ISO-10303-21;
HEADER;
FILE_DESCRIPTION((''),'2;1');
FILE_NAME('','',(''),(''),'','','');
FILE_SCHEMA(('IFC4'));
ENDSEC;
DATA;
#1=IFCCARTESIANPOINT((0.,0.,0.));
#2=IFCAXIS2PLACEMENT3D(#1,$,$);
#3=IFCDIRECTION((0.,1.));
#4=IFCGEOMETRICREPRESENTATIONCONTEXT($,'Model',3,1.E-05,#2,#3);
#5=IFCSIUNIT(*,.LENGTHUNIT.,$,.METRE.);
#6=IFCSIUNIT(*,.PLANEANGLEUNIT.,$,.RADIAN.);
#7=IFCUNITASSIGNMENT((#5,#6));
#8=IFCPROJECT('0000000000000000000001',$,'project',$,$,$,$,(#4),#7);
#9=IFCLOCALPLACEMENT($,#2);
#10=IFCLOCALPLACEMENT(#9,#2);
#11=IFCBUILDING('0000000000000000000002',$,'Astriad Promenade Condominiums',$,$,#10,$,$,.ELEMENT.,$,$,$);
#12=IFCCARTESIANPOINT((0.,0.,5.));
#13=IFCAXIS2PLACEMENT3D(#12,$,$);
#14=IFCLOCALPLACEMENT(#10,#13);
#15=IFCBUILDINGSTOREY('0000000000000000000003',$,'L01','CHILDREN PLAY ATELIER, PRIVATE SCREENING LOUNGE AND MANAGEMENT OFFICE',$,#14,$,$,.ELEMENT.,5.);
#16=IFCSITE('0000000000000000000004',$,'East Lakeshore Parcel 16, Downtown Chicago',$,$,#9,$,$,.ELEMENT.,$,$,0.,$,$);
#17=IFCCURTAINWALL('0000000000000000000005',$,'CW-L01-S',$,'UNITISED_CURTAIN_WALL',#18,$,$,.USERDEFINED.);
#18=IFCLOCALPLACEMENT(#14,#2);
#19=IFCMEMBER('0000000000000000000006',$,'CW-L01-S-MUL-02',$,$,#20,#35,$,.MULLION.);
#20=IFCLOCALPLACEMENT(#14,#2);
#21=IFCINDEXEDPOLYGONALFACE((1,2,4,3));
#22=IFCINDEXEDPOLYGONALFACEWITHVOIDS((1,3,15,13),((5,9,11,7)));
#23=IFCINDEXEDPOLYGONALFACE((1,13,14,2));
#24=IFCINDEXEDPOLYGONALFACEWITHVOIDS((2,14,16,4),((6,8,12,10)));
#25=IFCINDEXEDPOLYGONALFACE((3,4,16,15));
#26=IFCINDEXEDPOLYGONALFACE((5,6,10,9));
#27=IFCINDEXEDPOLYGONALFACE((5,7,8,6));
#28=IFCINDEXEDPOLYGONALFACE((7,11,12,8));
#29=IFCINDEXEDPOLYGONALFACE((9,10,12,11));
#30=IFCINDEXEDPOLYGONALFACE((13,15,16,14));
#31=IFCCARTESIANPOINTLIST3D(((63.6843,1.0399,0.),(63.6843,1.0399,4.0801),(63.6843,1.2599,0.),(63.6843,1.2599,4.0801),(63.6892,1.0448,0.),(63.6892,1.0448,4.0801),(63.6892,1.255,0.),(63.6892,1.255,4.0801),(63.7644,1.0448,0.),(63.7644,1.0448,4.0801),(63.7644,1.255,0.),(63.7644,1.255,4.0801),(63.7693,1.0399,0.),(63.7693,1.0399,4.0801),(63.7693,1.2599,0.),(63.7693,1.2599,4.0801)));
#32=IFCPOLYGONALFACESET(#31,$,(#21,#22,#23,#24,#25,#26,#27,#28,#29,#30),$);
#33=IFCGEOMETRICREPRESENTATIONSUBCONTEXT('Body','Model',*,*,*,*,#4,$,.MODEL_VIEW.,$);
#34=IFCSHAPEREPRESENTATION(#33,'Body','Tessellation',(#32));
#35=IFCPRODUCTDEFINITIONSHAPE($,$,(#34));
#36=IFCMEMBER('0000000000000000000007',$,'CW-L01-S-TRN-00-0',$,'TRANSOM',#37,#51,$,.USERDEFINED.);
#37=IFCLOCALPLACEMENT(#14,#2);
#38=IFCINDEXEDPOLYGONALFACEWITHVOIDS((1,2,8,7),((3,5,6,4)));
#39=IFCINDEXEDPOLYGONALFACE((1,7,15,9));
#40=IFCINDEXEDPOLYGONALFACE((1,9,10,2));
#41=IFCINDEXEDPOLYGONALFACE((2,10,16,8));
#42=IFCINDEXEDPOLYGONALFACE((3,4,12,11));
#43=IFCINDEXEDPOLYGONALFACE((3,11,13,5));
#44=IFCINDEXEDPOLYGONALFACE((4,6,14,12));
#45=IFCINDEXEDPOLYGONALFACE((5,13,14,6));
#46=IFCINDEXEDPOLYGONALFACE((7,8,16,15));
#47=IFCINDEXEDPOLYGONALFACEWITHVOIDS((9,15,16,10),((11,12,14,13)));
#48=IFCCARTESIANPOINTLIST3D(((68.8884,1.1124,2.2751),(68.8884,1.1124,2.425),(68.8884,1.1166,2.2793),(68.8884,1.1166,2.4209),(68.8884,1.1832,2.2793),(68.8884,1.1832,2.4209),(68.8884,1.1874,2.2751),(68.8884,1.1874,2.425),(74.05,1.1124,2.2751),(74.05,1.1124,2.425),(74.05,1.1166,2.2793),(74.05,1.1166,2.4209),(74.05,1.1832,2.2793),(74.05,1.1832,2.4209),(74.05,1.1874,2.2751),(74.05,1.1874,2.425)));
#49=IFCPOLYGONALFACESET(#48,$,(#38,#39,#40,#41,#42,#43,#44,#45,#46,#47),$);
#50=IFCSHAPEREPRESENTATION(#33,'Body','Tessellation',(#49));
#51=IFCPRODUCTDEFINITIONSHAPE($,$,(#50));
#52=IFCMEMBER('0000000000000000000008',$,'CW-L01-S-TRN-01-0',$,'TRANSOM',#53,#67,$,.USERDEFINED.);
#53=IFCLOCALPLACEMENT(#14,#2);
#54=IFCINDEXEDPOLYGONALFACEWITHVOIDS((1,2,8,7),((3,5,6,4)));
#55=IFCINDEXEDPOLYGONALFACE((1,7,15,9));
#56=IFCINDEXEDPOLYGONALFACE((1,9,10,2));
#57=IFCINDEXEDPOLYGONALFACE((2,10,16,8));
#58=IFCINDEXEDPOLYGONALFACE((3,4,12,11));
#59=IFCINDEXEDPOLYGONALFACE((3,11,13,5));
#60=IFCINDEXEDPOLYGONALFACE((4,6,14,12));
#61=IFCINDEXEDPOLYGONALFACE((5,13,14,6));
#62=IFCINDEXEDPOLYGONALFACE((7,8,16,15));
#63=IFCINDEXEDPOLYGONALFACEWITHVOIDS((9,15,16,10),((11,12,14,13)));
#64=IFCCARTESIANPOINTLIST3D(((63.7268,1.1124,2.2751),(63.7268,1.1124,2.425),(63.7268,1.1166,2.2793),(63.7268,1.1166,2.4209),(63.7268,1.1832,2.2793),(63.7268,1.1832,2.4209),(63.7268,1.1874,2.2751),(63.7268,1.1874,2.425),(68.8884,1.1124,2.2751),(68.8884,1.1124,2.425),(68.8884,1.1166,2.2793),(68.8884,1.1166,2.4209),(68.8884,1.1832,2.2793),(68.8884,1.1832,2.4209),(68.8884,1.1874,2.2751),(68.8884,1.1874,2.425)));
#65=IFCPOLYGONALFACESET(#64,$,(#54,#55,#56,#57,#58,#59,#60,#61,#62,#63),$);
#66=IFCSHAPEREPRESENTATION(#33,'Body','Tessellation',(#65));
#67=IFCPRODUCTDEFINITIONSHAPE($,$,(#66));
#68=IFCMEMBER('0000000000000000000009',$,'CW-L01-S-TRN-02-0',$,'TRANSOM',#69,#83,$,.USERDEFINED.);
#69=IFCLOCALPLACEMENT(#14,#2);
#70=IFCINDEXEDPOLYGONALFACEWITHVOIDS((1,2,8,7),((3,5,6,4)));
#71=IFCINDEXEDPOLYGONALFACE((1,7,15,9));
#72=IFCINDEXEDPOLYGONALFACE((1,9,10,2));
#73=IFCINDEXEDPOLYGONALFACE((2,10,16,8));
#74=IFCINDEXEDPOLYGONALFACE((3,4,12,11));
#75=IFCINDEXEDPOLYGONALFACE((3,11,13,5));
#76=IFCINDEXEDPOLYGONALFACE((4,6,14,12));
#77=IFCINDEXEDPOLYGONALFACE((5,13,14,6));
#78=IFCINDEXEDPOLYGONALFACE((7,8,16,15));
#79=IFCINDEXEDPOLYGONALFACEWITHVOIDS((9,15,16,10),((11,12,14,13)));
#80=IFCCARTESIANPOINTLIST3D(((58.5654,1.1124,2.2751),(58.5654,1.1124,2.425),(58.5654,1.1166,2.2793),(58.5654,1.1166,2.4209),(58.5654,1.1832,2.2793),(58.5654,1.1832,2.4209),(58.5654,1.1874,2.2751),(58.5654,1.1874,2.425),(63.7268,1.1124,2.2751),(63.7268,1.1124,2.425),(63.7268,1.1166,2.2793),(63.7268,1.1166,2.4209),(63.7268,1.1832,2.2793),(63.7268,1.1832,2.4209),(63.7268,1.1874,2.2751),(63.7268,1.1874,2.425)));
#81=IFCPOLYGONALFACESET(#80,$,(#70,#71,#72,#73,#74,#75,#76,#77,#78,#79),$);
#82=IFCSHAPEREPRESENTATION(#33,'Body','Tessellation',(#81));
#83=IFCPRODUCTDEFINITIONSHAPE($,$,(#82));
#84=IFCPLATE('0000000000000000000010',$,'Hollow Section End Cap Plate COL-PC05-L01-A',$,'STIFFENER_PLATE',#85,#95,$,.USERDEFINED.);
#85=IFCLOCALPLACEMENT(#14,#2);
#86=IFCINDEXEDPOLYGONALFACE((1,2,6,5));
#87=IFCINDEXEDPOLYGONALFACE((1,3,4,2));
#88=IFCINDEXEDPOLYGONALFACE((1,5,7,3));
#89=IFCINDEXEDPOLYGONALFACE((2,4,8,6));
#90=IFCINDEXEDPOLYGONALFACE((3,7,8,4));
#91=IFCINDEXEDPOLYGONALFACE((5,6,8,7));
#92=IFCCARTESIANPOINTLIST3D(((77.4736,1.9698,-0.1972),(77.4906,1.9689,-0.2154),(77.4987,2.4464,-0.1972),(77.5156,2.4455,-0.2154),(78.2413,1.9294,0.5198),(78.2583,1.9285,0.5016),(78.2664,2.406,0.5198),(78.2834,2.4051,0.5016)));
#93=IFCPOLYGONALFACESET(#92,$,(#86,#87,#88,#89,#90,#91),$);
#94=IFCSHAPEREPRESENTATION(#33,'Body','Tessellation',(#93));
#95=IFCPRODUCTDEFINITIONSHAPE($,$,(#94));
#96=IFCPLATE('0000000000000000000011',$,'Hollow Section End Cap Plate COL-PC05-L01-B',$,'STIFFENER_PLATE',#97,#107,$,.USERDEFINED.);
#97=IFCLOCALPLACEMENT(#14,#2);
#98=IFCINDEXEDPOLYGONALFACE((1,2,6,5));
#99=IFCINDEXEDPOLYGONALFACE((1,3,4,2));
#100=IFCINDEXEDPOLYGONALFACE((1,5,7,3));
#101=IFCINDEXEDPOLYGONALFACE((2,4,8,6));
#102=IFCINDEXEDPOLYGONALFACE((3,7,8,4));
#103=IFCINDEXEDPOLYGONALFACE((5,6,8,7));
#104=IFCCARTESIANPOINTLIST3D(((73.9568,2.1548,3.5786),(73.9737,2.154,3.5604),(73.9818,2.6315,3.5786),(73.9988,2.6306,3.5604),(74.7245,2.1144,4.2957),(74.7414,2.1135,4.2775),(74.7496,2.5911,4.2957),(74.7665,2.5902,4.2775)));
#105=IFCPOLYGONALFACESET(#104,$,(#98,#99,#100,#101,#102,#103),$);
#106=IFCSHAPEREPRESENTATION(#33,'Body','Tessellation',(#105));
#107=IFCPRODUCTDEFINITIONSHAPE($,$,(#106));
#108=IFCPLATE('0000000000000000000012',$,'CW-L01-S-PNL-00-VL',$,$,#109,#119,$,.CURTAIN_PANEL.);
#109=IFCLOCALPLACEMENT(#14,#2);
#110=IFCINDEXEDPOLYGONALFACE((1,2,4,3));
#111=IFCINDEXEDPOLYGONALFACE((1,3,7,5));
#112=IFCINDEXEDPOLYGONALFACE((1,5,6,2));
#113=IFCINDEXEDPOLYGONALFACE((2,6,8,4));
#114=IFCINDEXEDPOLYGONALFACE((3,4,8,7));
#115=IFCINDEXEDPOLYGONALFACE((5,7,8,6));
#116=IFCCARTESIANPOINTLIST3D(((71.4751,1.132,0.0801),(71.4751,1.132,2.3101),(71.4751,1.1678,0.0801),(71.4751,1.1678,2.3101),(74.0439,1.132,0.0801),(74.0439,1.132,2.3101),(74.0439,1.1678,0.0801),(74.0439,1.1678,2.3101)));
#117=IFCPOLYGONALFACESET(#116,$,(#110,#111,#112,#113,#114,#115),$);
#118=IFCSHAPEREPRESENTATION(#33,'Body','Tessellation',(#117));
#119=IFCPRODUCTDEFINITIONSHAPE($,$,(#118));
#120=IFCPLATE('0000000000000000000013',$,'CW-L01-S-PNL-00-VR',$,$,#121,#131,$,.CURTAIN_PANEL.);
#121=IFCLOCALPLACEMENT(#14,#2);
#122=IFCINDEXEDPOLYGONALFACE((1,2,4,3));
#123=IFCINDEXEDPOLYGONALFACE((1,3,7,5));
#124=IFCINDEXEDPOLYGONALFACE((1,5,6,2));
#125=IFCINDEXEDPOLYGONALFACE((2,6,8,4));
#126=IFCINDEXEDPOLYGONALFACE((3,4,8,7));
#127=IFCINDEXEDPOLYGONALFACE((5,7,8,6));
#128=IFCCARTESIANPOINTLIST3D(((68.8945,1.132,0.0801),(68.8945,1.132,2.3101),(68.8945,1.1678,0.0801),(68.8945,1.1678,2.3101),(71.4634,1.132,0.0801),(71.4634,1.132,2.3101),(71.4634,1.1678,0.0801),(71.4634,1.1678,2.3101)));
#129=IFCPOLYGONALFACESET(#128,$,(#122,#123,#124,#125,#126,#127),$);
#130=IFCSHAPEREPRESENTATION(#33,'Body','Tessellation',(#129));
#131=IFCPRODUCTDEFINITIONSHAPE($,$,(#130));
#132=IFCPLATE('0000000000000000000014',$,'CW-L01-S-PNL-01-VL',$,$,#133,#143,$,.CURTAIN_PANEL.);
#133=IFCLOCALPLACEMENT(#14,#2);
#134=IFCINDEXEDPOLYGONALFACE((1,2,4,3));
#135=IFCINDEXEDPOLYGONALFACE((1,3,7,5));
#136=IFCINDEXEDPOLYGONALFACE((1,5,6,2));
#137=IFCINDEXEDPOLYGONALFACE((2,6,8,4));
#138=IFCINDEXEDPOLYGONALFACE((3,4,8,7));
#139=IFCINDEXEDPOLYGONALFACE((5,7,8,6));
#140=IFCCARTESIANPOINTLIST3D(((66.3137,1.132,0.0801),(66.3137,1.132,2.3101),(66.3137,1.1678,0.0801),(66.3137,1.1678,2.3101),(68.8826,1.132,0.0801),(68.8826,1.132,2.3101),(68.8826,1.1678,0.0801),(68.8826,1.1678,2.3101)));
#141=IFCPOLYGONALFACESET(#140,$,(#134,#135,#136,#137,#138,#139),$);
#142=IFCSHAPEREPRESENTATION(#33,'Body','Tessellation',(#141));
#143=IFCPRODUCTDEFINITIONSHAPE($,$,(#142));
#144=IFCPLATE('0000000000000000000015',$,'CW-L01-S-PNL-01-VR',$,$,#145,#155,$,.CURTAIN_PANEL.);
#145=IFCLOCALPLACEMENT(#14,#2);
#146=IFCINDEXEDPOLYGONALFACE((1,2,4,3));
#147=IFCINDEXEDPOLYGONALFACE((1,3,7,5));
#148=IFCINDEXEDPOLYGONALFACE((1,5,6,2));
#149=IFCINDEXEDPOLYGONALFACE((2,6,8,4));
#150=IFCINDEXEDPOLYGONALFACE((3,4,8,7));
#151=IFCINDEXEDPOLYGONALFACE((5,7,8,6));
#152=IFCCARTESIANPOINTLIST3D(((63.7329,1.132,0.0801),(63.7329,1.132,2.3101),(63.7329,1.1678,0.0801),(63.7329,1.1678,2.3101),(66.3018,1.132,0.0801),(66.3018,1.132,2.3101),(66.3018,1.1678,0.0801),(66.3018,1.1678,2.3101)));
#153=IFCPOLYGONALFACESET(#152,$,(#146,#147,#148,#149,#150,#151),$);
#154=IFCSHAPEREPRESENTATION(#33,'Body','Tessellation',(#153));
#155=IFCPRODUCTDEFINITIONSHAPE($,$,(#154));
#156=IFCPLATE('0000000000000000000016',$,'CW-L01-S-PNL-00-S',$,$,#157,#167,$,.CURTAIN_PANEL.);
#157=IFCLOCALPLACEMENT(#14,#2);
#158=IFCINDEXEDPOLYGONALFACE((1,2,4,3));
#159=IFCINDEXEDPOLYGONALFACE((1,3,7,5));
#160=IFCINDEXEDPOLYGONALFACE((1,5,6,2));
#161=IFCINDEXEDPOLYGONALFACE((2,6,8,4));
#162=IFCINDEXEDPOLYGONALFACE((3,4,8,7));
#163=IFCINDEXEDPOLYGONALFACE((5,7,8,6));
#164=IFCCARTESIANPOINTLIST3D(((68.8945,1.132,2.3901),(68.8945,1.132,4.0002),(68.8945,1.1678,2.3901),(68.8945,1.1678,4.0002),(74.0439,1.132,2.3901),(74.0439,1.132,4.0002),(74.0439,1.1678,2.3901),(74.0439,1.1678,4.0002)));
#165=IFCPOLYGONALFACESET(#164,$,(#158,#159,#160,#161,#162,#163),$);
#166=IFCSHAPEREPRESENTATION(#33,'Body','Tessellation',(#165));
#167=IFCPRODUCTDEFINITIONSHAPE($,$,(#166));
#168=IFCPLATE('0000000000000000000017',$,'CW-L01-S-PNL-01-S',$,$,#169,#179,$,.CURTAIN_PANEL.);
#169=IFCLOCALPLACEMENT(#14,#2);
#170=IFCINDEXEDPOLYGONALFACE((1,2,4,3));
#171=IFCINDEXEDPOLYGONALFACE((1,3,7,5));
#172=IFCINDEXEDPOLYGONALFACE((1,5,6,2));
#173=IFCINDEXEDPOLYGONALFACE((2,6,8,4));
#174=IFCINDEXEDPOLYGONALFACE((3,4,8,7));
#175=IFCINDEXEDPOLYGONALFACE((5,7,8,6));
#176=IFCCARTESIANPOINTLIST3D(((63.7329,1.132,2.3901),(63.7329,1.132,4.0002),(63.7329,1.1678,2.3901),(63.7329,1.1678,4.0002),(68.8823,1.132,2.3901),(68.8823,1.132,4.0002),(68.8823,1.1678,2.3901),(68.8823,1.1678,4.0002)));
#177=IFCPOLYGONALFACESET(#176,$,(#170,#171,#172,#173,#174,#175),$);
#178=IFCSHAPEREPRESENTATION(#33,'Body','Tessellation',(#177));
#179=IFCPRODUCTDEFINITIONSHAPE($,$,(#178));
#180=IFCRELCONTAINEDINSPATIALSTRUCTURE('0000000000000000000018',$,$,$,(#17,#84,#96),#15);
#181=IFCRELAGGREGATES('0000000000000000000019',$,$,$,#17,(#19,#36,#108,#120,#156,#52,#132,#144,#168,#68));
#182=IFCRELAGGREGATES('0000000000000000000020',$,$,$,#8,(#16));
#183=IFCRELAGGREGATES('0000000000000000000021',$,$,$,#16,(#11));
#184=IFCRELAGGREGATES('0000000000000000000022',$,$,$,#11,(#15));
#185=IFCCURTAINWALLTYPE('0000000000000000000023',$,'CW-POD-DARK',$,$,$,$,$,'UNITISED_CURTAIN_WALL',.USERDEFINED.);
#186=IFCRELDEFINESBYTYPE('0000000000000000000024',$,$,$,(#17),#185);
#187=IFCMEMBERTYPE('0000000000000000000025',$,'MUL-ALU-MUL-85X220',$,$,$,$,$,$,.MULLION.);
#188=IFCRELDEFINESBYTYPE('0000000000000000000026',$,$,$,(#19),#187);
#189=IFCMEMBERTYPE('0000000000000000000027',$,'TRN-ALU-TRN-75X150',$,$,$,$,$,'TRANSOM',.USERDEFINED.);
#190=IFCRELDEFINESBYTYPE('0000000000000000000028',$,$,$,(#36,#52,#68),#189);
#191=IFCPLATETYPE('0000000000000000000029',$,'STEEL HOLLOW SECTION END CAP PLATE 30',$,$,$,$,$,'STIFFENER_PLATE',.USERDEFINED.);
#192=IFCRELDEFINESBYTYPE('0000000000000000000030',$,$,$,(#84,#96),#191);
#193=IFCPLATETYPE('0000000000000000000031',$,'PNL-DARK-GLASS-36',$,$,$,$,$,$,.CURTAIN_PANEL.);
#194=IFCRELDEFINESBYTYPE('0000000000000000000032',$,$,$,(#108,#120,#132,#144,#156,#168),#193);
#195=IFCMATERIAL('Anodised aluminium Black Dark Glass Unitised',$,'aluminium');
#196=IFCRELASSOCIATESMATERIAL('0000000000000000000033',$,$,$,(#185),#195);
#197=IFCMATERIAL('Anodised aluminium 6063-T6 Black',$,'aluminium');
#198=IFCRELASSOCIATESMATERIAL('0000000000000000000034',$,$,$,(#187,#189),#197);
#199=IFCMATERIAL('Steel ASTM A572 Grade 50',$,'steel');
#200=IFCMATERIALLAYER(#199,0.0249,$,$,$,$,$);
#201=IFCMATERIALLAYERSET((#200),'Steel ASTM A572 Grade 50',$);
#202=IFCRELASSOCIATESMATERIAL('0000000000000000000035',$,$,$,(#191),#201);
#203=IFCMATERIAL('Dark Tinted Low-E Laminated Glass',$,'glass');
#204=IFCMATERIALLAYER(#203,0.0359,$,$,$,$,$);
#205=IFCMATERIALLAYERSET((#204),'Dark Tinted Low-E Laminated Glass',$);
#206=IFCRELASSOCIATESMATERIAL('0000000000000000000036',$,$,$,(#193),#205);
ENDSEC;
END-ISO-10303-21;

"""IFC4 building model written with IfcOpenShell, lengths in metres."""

from ifc_helpers import new_model, si_unit, direction, frame, origin, origin_2d, place, context, subcontext, project, spatial, rectangle, hollow_rectangle, extrude, source, transform, mapped, material, layer, layer_set, material_profile, profile_set, type_object, type_shapes, element, aggregate, save


model = new_model("IFC4")

# Units and contexts
model_context = context("Model", 3, precision=1e-05, world=origin(), true_north=direction((0.0, 1.0)))
body_context = subcontext(model_context, "Body", "Model", "MODEL_VIEW")
ifc_project = project(units=[si_unit("LENGTHUNIT", "METRE"), si_unit("PLANEANGLEUNIT", "RADIAN")], contexts=[model_context])

# Site, building, storey
site_placement = place(None, origin())
site = spatial("IfcSite", under=ifc_project, at=site_placement, Name="East Lakeshore Parcel 16, Downtown Chicago", CompositionType="ELEMENT", RefElevation=0.0)
building_placement = place(site_placement, origin())
building = spatial("IfcBuilding", under=site, at=building_placement, Name="Astriad Promenade Condominiums", CompositionType="ELEMENT")
storey_placement = place(building_placement, frame((0.0, 0.0, 5.0)))
storey = spatial("IfcBuildingStorey", under=building, at=storey_placement, Name="L01", Description="CHILDREN PLAY ATELIER, PRIVATE SCREENING LOUNGE AND MANAGEMENT OFFICE", CompositionType="ELEMENT", Elevation=5.0)

# Curtain wall, members
ifc_material_1 = material(Name="Anodised aluminium Black Dark Glass Unitised", Category="aluminium")
curtain_wall_type = type_object("IfcCurtainWallType", Name="CW-POD-DARK", ElementType="UNITISED_CURTAIN_WALL", PredefinedType="USERDEFINED", material=ifc_material_1)
curtain_wall_placement = place(storey_placement, origin())
curtain_wall = element("IfcCurtainWall", 1, at=curtain_wall_placement, inside=storey, type_object=curtain_wall_type, Name="CW-L01-S", ObjectType="UNITISED_CURTAIN_WALL", PredefinedType="USERDEFINED")
ifc_material_2 = material(Name="Anodised aluminium 6063-T6 Black", Category="aluminium")
ifc_material_profile_1 = material_profile(ifc_material_2, hollow_rectangle(XDim=0.085, YDim=0.22, WallThickness=0.0049, at=origin_2d()), Name="ALU-MUL-85X220")
ifc_profile_set_1 = profile_set([ifc_material_profile_1], Name="Anodised aluminium 6063-T6 Black")
member_type_1 = type_object("IfcMemberType", Name="MUL-ALU-MUL-85X220", PredefinedType="MULLION", material=ifc_profile_set_1)
shared_shape_1 = source(origin(), body_context, "Body", "SweptSolid", [
    extrude(hollow_rectangle(XDim=0.085, YDim=0.22, WallThickness=0.0049, at=origin_2d()), origin(), (0.0, 0.0, 1.0), 4.0801),
])
type_shapes(member_type_1, [shared_shape_1])
member_1_placement = place(storey_placement, frame((63.7268, 1.1499, 0.0), z_axis=(0.0, 0.0, 1.0), x_axis=(1.0, 0.0, 0.0)))
member_1 = element("IfcMember", 2, at=member_1_placement, type_object=member_type_1, Name="CW-L01-S-MUL-02", PredefinedType="MULLION", context=body_context, shape_type="MappedRepresentation", body=[
    mapped(shared_shape_1, transform((0.0, 0.0, 0.0), scale=1.0)),
])
ifc_material_profile_2 = material_profile(ifc_material_2, hollow_rectangle(XDim=0.075, YDim=0.1499, WallThickness=0.0042, at=origin_2d()), Name="ALU-TRN-75X150")
ifc_profile_set_2 = profile_set([ifc_material_profile_2], Name="Anodised aluminium 6063-T6 Black")
member_type_2 = type_object("IfcMemberType", Name="TRN-ALU-TRN-75X150", ElementType="TRANSOM", PredefinedType="USERDEFINED", material=ifc_profile_set_2)
shared_shape_2 = source(origin(), body_context, "Body", "SweptSolid", [
    extrude(hollow_rectangle(XDim=0.075, YDim=0.1499, WallThickness=0.0042, at=origin_2d()), origin(), (0.0, 0.0, 1.0), 5.1616),
])
member_2_placement = place(storey_placement, frame((74.05, 1.1499, 2.3501), z_axis=(-1.0, 0.0, 0.0), x_axis=(0.0, -1.0, 0.0)))
member_2 = element("IfcMember", 3, at=member_2_placement, type_object=member_type_2, Name="CW-L01-S-TRN-00-0", ObjectType="TRANSOM", PredefinedType="USERDEFINED", context=body_context, shape_type="MappedRepresentation", body=[
    mapped(shared_shape_2, transform((0.0, 0.0, 0.0), scale=1.0)),
])
member_3_placement = place(storey_placement, frame((68.8884, 1.1499, 2.3501), z_axis=(-1.0, 0.0, 0.0), x_axis=(0.0, -1.0, 0.0)))
member_3 = element("IfcMember", 4, at=member_3_placement, type_object=member_type_2, Name="CW-L01-S-TRN-01-0", ObjectType="TRANSOM", PredefinedType="USERDEFINED", context=body_context, shape_type="MappedRepresentation", body=[
    mapped(shared_shape_2, transform((0.0, 0.0, 0.0), scale=1.0)),
])
shared_shape_3 = source(origin(), body_context, "Body", "SweptSolid", [
    extrude(hollow_rectangle(XDim=0.075, YDim=0.1499, WallThickness=0.0042, at=origin_2d()), origin(), (0.0, 0.0, 1.0), 5.1614),
])
type_shapes(member_type_2, [shared_shape_2, shared_shape_3])
member_4_placement = place(storey_placement, frame((63.7268, 1.1499, 2.3501), z_axis=(-1.0, 0.0, 0.0), x_axis=(0.0, -1.0, 0.0)))
member_4 = element("IfcMember", 5, at=member_4_placement, type_object=member_type_2, Name="CW-L01-S-TRN-02-0", ObjectType="TRANSOM", PredefinedType="USERDEFINED", context=body_context, shape_type="MappedRepresentation", body=[
    mapped(shared_shape_3, transform((0.0, 0.0, 0.0), scale=1.0)),
])

# Plates
ifc_material_3 = material(Name="Steel ASTM A572 Grade 50", Category="steel")
ifc_layer_1 = layer(ifc_material_3, 0.0249)
ifc_layer_set_1 = layer_set([ifc_layer_1], Name="Steel ASTM A572 Grade 50")
plate_type_1 = type_object("IfcPlateType", Name="STEEL HOLLOW SECTION END CAP PLATE 30", ElementType="STIFFENER_PLATE", PredefinedType="USERDEFINED", material=ifc_layer_set_1)
shared_shape_4 = source(origin(), body_context, "Body", "SweptSolid", [
    extrude(rectangle(XDim=0.4773, YDim=1.0513, at=origin_2d()), origin(), (0.0, 0.0, 1.0), 0.0249),
])
type_shapes(plate_type_1, [shared_shape_4])
for number, where, z_axis, x_axis, name in (
    (6, (77.887, 2.187, 0.1431), (-0.681121, 0.035848, 0.731293), (-0.052559, -0.998618, 0.0), "Hollow Section End Cap Plate COL-PC05-L01-A"),
    (7, (74.3701, 2.3721, 3.9189), (-0.681121, 0.035848, 0.731293), (-0.052559, -0.998618, 0.0), "Hollow Section End Cap Plate COL-PC05-L01-B"),
):
    element("IfcPlate", number, at=place(storey_placement, frame(where, z_axis=z_axis, x_axis=x_axis)), inside=storey, type_object=plate_type_1, Name=name, ObjectType="STIFFENER_PLATE", PredefinedType="USERDEFINED", context=body_context, shape_type="MappedRepresentation", body=[
        mapped(shared_shape_4, transform((0.0, 0.0, 0.0), scale=1.0)),
    ])

# Plates
ifc_material_4 = material(Name="Dark Tinted Low-E Laminated Glass", Category="glass")
ifc_layer_2 = layer(ifc_material_4, 0.0359)
ifc_layer_set_2 = layer_set([ifc_layer_2], Name="Dark Tinted Low-E Laminated Glass")
plate_type_2 = type_object("IfcPlateType", Name="PNL-DARK-GLASS-36", PredefinedType="CURTAIN_PANEL", material=ifc_layer_set_2)
shared_shape_5 = source(origin(), body_context, "Body", "SweptSolid", [
    extrude(rectangle(XDim=2.5688, YDim=0.0359, at=origin_2d()), origin(), (0.0, 0.0, 1.0), 2.23),
])
plate_1_placement = place(storey_placement, frame((72.7595, 1.1499, 0.0801), z_axis=(0.0, 0.0, 1.0), x_axis=(-1.0, 0.0, 0.0)))
plate_1 = element("IfcPlate", 8, at=plate_1_placement, type_object=plate_type_2, Name="CW-L01-S-PNL-00-VL", PredefinedType="CURTAIN_PANEL", context=body_context, shape_type="MappedRepresentation", body=[
    mapped(shared_shape_5, transform((0.0, 0.0, 0.0), scale=1.0)),
])
plate_2_placement = place(storey_placement, frame((70.179, 1.1499, 0.0801), z_axis=(0.0, 0.0, 1.0), x_axis=(-1.0, 0.0, 0.0)))
plate_2 = element("IfcPlate", 9, at=plate_2_placement, type_object=plate_type_2, Name="CW-L01-S-PNL-00-VR", PredefinedType="CURTAIN_PANEL", context=body_context, shape_type="MappedRepresentation", body=[
    mapped(shared_shape_5, transform((0.0, 0.0, 0.0), scale=1.0)),
])
plate_3_placement = place(storey_placement, frame((67.5981, 1.1499, 0.0801), z_axis=(0.0, 0.0, 1.0), x_axis=(-1.0, 0.0, 0.0)))
plate_3 = element("IfcPlate", 10, at=plate_3_placement, type_object=plate_type_2, Name="CW-L01-S-PNL-01-VL", PredefinedType="CURTAIN_PANEL", context=body_context, shape_type="MappedRepresentation", body=[
    mapped(shared_shape_5, transform((0.0, 0.0, 0.0), scale=1.0)),
])
plate_4_placement = place(storey_placement, frame((65.0173, 1.1499, 0.0801), z_axis=(0.0, 0.0, 1.0), x_axis=(-1.0, 0.0, 0.0)))
plate_4 = element("IfcPlate", 11, at=plate_4_placement, type_object=plate_type_2, Name="CW-L01-S-PNL-01-VR", PredefinedType="CURTAIN_PANEL", context=body_context, shape_type="MappedRepresentation", body=[
    mapped(shared_shape_5, transform((0.0, 0.0, 0.0), scale=1.0)),
])
shared_shape_6 = source(origin(), body_context, "Body", "SweptSolid", [
    extrude(rectangle(XDim=5.1494, YDim=0.0359, at=origin_2d()), origin(), (0.0, 0.0, 1.0), 1.6101),
])
type_shapes(plate_type_2, [shared_shape_5, shared_shape_6])
plate_5_placement = place(storey_placement, frame((71.4692, 1.1499, 2.3901), z_axis=(0.0, 0.0, 1.0), x_axis=(-1.0, 0.0, 0.0)))
plate_5 = element("IfcPlate", 12, at=plate_5_placement, type_object=plate_type_2, Name="CW-L01-S-PNL-00-S", PredefinedType="CURTAIN_PANEL", context=body_context, shape_type="MappedRepresentation", body=[
    mapped(shared_shape_6, transform((0.0, 0.0, 0.0), scale=1.0)),
])
plate_6_placement = place(storey_placement, frame((66.3076, 1.1499, 2.3901), z_axis=(0.0, 0.0, 1.0), x_axis=(-1.0, 0.0, 0.0)))
plate_6 = element("IfcPlate", 13, at=plate_6_placement, type_object=plate_type_2, Name="CW-L01-S-PNL-01-S", PredefinedType="CURTAIN_PANEL", context=body_context, shape_type="MappedRepresentation", body=[
    mapped(shared_shape_6, transform((0.0, 0.0, 0.0), scale=1.0)),
])
aggregate(curtain_wall, [member_1, member_2, plate_1, plate_2, plate_5, member_3, plate_3, plate_4, plate_6, member_4])

save(model, "model.ifc")
